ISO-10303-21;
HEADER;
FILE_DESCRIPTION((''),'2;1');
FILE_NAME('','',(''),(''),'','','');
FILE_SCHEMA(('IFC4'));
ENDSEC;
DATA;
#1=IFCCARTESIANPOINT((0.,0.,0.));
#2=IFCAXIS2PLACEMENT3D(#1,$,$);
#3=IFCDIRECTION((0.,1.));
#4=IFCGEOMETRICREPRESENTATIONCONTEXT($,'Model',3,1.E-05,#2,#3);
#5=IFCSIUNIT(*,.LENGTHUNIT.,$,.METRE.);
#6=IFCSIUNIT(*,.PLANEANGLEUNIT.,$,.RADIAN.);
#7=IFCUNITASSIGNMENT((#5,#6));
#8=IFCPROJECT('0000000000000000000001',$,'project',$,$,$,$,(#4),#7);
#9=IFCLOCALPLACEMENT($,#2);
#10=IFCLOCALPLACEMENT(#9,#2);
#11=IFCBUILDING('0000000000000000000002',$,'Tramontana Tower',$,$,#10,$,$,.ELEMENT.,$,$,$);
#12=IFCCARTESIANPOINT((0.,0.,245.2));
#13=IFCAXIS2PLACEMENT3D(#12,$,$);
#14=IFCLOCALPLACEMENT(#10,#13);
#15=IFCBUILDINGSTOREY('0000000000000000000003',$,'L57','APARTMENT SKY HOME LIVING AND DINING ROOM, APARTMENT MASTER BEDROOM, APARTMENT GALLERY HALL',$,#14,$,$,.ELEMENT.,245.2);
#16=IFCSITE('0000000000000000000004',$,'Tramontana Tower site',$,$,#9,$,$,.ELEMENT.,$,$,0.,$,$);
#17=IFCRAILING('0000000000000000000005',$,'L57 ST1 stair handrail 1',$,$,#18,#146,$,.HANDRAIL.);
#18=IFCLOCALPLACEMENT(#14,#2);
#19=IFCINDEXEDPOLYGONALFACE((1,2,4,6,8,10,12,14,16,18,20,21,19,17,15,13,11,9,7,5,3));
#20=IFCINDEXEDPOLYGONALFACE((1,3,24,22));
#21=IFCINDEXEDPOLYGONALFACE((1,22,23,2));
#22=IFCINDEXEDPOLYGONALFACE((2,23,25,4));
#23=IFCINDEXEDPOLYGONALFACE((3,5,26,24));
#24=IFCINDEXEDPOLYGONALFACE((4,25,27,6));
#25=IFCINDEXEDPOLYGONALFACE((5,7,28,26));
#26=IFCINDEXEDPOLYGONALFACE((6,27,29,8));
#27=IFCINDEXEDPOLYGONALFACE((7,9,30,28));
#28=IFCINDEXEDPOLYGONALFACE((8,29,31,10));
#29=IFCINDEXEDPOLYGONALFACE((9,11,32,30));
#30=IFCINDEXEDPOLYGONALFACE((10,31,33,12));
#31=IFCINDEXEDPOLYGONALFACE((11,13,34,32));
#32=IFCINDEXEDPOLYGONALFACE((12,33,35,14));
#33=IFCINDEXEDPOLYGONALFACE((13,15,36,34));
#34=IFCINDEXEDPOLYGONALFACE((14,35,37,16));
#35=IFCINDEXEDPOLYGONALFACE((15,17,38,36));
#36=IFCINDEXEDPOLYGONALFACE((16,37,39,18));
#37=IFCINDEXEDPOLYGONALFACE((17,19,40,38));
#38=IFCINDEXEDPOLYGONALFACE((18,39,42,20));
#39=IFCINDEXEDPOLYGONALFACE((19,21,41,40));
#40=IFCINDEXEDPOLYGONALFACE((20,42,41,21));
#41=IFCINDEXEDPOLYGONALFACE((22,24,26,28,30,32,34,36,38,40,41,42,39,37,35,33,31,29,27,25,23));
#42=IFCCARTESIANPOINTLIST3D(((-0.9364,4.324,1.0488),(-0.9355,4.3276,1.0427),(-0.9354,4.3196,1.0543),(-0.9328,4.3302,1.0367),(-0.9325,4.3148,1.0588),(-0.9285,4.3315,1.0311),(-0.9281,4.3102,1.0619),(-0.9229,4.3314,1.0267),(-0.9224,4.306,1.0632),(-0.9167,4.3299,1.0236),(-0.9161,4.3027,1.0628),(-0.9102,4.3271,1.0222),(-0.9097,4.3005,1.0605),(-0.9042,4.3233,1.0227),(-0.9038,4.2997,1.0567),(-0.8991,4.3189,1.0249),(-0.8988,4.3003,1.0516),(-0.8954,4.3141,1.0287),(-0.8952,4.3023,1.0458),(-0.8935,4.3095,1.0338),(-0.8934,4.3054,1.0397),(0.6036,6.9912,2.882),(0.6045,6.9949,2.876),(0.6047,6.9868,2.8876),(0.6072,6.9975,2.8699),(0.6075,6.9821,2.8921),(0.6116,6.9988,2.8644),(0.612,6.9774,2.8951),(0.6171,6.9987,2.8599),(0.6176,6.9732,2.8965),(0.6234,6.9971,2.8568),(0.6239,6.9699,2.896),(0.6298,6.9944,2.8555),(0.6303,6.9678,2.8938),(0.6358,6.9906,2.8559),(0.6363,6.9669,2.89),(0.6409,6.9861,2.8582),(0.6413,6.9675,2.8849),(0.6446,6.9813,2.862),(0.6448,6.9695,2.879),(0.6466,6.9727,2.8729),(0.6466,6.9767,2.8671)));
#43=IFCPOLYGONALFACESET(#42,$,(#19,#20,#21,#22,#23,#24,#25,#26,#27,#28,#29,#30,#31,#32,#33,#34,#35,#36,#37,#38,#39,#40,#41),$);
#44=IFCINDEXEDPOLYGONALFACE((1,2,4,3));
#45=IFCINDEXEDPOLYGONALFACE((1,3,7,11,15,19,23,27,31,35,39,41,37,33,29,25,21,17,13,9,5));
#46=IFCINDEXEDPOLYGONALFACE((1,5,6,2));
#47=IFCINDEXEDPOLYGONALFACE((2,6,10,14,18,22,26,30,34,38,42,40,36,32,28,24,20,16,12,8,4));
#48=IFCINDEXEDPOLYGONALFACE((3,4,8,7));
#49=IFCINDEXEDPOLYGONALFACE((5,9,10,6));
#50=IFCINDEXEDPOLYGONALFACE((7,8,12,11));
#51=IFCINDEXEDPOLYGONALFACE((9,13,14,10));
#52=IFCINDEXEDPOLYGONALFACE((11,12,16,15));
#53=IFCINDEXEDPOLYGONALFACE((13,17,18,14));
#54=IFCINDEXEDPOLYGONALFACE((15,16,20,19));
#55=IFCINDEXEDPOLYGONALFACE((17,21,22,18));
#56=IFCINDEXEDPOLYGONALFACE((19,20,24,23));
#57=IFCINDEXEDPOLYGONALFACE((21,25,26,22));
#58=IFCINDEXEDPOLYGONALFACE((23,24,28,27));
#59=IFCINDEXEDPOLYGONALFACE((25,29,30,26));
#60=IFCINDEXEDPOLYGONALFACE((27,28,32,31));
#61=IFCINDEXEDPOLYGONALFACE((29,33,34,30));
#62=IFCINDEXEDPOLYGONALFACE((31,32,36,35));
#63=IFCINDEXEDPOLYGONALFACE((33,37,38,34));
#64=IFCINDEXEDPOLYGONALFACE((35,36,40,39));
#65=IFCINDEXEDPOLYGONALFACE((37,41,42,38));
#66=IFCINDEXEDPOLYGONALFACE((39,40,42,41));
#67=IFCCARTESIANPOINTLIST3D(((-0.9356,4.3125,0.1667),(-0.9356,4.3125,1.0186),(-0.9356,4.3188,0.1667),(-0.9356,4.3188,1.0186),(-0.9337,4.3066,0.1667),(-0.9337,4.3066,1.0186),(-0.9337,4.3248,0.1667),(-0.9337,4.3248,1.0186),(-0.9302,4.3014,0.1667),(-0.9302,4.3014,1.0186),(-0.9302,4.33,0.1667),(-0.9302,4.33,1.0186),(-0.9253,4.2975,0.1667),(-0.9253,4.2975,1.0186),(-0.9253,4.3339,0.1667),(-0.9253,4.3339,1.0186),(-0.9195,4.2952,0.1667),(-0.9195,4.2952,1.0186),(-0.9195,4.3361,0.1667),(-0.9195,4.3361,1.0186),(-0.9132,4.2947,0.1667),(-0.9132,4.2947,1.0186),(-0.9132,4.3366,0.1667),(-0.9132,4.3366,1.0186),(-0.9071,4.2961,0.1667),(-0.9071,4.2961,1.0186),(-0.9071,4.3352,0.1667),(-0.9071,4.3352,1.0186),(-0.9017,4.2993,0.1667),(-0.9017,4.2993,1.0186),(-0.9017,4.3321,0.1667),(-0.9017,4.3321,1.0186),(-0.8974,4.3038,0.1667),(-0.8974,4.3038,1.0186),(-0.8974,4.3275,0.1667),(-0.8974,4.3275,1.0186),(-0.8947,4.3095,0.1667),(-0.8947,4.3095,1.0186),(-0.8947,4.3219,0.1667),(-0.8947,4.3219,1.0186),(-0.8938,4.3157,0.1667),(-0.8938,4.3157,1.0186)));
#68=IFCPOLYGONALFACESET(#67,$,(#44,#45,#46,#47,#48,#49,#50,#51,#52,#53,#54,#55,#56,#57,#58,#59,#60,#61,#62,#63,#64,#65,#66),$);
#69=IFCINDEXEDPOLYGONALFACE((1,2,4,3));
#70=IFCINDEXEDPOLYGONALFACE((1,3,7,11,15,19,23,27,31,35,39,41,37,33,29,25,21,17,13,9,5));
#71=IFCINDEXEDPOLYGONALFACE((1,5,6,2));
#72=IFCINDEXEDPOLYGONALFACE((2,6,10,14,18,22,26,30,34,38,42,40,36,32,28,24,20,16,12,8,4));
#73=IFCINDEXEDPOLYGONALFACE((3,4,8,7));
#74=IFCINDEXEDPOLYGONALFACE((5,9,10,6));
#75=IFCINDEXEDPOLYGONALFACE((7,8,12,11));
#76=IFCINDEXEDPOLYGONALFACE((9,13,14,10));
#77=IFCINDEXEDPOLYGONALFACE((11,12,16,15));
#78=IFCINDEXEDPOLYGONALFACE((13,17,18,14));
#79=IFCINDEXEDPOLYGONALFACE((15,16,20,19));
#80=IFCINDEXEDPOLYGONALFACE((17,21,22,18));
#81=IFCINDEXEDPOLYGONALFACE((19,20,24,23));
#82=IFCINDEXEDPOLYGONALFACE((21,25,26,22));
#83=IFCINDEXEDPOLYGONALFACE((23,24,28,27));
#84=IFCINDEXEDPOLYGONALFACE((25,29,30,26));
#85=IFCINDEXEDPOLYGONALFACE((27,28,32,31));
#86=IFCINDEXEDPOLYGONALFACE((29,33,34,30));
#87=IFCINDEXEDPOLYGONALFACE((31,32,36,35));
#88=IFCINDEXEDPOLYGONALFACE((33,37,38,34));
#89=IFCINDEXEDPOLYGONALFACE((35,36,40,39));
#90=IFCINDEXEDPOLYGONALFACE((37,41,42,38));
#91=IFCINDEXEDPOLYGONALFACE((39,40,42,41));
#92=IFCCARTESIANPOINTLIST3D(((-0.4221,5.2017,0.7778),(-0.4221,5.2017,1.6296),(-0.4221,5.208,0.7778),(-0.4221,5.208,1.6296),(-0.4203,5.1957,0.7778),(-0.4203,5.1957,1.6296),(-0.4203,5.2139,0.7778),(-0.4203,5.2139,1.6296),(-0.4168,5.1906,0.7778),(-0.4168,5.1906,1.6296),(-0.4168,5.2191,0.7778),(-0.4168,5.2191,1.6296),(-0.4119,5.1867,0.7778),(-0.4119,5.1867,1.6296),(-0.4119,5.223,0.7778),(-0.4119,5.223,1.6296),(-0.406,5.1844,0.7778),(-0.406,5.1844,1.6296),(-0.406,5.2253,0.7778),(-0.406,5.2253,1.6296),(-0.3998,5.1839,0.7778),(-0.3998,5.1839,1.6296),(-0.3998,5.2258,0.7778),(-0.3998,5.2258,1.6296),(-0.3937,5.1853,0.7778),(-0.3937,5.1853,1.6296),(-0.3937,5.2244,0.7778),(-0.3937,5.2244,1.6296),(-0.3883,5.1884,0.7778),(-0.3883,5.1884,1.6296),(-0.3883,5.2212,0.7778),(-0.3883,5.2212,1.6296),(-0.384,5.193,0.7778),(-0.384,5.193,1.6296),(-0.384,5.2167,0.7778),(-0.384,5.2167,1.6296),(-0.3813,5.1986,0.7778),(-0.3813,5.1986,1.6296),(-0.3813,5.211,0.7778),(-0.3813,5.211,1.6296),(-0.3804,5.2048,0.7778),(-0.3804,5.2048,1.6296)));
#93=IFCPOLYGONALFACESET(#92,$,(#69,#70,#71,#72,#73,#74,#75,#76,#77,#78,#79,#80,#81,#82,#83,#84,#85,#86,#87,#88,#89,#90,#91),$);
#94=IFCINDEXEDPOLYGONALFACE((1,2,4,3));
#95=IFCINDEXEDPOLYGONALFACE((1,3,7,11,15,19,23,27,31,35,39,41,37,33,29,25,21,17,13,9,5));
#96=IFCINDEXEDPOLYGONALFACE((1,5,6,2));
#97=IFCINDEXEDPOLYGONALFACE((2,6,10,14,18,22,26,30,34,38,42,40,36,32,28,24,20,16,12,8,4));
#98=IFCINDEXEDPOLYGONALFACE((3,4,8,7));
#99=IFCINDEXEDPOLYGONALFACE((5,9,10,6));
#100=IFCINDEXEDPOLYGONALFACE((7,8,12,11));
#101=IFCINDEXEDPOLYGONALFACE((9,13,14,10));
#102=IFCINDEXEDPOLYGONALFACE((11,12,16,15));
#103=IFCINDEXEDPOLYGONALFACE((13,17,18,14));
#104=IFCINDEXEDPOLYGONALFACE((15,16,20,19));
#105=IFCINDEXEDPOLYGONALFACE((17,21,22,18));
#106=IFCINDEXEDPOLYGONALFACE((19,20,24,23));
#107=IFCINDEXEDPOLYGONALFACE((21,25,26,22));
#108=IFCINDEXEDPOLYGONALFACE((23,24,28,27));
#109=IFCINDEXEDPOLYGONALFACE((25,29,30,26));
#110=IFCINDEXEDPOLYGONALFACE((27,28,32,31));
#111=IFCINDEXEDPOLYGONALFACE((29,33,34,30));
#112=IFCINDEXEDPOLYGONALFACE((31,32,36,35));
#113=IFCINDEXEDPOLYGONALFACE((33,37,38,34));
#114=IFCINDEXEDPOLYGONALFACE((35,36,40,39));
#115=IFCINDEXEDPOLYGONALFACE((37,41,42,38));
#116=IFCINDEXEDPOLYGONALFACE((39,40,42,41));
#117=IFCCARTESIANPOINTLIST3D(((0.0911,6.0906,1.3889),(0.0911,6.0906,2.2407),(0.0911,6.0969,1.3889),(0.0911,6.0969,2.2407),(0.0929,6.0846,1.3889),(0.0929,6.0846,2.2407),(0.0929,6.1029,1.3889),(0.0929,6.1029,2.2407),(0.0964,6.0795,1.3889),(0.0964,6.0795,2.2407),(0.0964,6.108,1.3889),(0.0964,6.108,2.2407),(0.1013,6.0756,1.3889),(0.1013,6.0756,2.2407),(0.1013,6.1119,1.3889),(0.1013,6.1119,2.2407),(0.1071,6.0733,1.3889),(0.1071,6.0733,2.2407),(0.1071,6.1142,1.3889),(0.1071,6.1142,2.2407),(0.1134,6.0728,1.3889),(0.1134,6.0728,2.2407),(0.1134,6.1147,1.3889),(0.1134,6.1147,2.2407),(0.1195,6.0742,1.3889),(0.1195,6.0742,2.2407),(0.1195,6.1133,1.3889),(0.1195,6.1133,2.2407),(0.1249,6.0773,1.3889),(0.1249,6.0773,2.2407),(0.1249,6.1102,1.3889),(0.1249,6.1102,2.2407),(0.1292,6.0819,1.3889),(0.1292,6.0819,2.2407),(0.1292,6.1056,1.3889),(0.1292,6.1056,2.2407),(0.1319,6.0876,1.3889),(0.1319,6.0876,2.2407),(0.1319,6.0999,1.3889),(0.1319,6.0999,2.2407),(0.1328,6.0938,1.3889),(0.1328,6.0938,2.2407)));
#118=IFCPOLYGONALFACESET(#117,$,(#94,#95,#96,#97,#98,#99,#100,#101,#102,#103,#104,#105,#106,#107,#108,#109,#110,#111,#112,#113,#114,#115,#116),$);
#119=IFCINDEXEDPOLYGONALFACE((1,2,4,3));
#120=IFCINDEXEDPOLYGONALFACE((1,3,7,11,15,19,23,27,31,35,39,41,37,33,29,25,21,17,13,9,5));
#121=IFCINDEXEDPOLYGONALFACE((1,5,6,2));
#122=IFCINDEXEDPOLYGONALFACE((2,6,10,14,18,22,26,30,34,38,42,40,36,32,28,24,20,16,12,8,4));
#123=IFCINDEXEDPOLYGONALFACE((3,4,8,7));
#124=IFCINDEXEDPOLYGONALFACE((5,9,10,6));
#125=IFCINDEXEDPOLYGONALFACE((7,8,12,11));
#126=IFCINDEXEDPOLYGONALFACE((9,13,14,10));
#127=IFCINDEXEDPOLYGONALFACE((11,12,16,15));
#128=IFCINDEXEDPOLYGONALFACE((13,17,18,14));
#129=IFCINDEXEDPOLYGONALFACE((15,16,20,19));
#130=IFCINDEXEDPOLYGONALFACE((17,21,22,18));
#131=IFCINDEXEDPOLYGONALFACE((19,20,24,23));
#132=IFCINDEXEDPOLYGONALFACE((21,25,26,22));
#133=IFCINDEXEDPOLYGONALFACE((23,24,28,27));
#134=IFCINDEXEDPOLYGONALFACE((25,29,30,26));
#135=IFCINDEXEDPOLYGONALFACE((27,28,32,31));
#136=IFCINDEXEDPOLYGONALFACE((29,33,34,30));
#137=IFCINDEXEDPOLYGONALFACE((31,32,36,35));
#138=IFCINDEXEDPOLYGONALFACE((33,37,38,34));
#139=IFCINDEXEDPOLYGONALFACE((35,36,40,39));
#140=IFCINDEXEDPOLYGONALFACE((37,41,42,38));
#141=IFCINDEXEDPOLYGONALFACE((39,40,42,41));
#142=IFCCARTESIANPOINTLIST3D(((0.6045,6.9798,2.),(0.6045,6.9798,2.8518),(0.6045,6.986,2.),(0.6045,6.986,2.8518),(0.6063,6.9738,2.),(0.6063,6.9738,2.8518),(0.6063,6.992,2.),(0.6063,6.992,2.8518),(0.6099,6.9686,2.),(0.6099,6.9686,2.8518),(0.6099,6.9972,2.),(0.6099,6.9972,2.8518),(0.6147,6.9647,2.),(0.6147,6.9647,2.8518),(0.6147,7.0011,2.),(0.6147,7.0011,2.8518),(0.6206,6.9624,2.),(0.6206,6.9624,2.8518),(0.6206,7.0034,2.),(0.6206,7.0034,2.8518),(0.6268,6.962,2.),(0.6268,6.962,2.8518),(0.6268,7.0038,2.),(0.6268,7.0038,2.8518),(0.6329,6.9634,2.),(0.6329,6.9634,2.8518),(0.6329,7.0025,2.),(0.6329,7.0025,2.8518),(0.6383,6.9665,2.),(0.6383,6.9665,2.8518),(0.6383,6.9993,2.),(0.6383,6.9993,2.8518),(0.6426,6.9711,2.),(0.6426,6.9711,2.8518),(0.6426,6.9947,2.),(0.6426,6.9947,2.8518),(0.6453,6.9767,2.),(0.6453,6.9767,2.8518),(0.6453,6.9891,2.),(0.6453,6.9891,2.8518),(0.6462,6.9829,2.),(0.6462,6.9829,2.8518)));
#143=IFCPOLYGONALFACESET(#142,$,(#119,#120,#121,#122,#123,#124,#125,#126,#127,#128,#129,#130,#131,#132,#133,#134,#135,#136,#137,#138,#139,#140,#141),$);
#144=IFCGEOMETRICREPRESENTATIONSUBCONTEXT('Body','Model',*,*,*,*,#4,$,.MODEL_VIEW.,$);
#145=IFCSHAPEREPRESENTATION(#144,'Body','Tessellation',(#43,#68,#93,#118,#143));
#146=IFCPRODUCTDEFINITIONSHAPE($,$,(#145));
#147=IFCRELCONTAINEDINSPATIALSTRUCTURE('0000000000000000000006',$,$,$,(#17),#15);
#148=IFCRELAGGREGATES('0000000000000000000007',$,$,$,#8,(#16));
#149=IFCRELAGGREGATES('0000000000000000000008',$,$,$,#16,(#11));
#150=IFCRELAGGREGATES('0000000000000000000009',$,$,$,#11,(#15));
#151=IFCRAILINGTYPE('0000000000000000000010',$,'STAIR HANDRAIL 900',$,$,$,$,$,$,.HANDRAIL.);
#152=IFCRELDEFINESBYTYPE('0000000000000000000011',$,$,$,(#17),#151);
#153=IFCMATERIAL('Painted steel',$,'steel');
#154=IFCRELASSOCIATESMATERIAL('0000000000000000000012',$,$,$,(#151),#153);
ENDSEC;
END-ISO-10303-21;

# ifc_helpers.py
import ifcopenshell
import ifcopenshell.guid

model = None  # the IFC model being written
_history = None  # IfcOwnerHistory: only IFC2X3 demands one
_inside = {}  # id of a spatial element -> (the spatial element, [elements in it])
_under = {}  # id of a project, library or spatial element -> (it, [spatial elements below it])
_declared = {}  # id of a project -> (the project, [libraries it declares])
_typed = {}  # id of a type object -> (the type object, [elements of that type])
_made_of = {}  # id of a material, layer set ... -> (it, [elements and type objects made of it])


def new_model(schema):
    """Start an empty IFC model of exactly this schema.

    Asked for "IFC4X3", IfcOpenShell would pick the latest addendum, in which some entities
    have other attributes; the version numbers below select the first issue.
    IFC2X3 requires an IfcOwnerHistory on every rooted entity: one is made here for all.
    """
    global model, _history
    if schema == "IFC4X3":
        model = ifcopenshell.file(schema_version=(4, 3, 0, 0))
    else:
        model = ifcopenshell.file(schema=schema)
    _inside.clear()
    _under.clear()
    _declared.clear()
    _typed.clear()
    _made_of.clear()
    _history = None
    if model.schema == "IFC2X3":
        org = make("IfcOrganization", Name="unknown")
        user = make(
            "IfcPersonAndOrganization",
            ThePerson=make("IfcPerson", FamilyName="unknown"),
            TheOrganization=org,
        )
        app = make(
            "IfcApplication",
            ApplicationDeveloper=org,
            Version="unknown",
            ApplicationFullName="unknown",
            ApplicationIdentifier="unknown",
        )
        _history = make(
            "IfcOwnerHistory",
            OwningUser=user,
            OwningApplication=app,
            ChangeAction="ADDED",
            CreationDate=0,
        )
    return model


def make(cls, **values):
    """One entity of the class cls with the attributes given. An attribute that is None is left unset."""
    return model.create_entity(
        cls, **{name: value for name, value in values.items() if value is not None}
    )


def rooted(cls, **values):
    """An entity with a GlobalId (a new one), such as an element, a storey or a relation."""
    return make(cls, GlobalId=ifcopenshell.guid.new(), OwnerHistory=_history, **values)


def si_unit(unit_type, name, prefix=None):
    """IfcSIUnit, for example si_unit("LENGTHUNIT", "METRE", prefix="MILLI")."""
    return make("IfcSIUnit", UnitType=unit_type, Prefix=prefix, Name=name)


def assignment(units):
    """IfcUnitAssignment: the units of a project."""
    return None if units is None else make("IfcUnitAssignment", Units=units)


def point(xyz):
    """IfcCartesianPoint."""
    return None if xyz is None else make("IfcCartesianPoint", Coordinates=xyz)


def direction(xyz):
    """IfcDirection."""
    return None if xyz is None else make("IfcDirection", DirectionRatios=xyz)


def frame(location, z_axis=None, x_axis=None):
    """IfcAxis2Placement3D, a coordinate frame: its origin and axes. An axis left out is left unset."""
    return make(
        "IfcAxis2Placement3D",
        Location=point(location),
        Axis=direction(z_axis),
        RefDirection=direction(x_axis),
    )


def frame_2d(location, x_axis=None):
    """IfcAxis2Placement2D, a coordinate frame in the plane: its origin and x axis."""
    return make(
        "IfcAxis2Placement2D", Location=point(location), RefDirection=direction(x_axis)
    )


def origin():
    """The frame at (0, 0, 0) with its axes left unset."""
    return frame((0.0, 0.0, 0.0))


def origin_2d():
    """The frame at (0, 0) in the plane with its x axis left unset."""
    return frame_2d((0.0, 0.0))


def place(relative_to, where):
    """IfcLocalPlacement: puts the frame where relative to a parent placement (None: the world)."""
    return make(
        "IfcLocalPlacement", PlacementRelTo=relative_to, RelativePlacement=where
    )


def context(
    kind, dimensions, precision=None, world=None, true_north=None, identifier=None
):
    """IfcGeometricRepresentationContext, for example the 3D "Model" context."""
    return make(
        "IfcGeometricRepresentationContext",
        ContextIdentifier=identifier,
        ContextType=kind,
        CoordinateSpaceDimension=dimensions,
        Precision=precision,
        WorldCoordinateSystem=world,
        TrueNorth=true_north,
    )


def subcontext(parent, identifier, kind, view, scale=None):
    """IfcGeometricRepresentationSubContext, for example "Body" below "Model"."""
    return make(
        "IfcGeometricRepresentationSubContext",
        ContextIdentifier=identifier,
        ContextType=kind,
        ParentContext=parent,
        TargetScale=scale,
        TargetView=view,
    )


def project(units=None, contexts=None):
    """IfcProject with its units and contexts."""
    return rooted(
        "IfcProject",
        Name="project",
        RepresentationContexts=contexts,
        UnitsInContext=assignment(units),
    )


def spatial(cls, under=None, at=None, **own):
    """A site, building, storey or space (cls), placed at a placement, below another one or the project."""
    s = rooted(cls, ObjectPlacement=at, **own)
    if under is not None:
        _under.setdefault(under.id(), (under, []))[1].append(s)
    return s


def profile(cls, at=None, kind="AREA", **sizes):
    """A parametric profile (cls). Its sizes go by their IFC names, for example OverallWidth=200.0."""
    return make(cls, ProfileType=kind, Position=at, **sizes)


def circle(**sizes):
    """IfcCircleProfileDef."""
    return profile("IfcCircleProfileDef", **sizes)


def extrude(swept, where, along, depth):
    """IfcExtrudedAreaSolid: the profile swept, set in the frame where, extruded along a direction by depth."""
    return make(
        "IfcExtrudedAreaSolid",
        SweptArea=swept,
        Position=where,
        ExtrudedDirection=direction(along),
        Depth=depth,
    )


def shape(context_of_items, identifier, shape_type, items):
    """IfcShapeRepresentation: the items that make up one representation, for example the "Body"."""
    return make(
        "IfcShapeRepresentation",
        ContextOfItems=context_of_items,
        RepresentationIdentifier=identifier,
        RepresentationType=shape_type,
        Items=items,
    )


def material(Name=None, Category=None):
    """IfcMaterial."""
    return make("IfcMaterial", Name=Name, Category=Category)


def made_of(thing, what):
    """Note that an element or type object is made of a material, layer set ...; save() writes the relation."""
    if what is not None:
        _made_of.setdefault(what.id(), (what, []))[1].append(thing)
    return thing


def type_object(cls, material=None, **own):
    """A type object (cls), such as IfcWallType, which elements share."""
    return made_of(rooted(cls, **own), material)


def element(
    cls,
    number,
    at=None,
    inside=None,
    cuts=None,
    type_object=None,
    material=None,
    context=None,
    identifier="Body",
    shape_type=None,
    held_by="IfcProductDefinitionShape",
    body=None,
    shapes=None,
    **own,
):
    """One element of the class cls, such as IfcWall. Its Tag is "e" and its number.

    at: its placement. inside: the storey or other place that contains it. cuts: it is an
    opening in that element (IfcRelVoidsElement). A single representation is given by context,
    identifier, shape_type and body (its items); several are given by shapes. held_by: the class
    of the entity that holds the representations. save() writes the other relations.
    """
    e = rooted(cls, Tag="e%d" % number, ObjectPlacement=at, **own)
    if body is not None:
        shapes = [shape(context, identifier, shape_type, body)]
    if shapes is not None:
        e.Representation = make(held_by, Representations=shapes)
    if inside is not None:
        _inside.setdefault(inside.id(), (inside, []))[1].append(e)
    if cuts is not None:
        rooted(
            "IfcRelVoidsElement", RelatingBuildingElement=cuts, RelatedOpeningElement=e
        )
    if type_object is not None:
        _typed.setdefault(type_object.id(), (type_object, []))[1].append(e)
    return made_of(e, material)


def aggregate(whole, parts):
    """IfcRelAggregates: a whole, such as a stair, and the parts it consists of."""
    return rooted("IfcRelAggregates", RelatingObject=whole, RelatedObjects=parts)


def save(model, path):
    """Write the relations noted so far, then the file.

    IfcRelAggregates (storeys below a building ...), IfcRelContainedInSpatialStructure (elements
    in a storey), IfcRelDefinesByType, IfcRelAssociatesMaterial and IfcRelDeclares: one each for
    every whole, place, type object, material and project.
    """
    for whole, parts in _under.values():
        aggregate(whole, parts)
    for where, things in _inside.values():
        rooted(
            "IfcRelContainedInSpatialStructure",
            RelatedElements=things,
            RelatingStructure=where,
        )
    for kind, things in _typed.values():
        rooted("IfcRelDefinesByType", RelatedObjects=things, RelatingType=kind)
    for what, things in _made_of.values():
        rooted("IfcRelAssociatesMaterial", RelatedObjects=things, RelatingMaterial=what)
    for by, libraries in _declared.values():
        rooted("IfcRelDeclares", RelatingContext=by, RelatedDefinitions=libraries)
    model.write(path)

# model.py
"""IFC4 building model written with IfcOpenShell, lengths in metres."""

from ifc_helpers import new_model, si_unit, direction, frame, origin, origin_2d, place, context, subcontext, project, spatial, circle, extrude, material, type_object, element, save


model = new_model("IFC4")

# Units and contexts
model_context = context("Model", 3, precision=1e-05, world=origin(), true_north=direction((0.0, 1.0)))
body_context = subcontext(model_context, "Body", "Model", "MODEL_VIEW")
ifc_project = project(units=[si_unit("LENGTHUNIT", "METRE"), si_unit("PLANEANGLEUNIT", "RADIAN")], contexts=[model_context])

# Site, building, storey
site_placement = place(None, origin())
site = spatial("IfcSite", under=ifc_project, at=site_placement, Name="Tramontana Tower site", CompositionType="ELEMENT", RefElevation=0.0)
building_placement = place(site_placement, origin())
building = spatial("IfcBuilding", under=site, at=building_placement, Name="Tramontana Tower", CompositionType="ELEMENT")
storey_placement = place(building_placement, frame((0.0, 0.0, 245.2)))
storey = spatial("IfcBuildingStorey", under=building, at=storey_placement, Name="L57", Description="APARTMENT SKY HOME LIVING AND DINING ROOM, APARTMENT MASTER BEDROOM, APARTMENT GALLERY HALL", CompositionType="ELEMENT", Elevation=245.2)

# Railing
ifc_material_1 = material(Name="Painted steel", Category="steel")
railing_type_1 = type_object("IfcRailingType", Name="STAIR HANDRAIL 900", PredefinedType="HANDRAIL", material=ifc_material_1)
railing_1_placement = place(storey_placement, frame((-0.9148, 4.3157, 0.1667)))
element("IfcRailing", 1, at=railing_1_placement, inside=storey, type_object=railing_type_1, Name="L57 ST1 stair handrail 1", PredefinedType="HANDRAIL", context=body_context, shape_type="SweptSolid", body=[
    extrude(circle(Radius=0.0239, at=origin_2d()), frame((0.0, 0.0, 0.876), z_axis=(0.429671, 0.744159, 0.511478), x_axis=(-0.86601, 0.500027, 0.0)), (0.0, 0.0, 1.0), 3.5842),
    extrude(circle(Radius=0.021, at=origin_2d()), origin(), (0.0, 0.0, 1.0), 0.8518),
    extrude(circle(Radius=0.021, at=origin_2d()), frame((0.5134, 0.8892, 0.6111)), (0.0, 0.0, 1.0), 0.8518),
    extrude(circle(Radius=0.021, at=origin_2d()), frame((1.0266, 1.7781, 1.2222)), (0.0, 0.0, 1.0), 0.8518),
    extrude(circle(Radius=0.021, at=origin_2d()), frame((1.54, 2.6672, 1.8333)), (0.0, 0.0, 1.0), 0.8518),
])

save(model, "model.ifc")
